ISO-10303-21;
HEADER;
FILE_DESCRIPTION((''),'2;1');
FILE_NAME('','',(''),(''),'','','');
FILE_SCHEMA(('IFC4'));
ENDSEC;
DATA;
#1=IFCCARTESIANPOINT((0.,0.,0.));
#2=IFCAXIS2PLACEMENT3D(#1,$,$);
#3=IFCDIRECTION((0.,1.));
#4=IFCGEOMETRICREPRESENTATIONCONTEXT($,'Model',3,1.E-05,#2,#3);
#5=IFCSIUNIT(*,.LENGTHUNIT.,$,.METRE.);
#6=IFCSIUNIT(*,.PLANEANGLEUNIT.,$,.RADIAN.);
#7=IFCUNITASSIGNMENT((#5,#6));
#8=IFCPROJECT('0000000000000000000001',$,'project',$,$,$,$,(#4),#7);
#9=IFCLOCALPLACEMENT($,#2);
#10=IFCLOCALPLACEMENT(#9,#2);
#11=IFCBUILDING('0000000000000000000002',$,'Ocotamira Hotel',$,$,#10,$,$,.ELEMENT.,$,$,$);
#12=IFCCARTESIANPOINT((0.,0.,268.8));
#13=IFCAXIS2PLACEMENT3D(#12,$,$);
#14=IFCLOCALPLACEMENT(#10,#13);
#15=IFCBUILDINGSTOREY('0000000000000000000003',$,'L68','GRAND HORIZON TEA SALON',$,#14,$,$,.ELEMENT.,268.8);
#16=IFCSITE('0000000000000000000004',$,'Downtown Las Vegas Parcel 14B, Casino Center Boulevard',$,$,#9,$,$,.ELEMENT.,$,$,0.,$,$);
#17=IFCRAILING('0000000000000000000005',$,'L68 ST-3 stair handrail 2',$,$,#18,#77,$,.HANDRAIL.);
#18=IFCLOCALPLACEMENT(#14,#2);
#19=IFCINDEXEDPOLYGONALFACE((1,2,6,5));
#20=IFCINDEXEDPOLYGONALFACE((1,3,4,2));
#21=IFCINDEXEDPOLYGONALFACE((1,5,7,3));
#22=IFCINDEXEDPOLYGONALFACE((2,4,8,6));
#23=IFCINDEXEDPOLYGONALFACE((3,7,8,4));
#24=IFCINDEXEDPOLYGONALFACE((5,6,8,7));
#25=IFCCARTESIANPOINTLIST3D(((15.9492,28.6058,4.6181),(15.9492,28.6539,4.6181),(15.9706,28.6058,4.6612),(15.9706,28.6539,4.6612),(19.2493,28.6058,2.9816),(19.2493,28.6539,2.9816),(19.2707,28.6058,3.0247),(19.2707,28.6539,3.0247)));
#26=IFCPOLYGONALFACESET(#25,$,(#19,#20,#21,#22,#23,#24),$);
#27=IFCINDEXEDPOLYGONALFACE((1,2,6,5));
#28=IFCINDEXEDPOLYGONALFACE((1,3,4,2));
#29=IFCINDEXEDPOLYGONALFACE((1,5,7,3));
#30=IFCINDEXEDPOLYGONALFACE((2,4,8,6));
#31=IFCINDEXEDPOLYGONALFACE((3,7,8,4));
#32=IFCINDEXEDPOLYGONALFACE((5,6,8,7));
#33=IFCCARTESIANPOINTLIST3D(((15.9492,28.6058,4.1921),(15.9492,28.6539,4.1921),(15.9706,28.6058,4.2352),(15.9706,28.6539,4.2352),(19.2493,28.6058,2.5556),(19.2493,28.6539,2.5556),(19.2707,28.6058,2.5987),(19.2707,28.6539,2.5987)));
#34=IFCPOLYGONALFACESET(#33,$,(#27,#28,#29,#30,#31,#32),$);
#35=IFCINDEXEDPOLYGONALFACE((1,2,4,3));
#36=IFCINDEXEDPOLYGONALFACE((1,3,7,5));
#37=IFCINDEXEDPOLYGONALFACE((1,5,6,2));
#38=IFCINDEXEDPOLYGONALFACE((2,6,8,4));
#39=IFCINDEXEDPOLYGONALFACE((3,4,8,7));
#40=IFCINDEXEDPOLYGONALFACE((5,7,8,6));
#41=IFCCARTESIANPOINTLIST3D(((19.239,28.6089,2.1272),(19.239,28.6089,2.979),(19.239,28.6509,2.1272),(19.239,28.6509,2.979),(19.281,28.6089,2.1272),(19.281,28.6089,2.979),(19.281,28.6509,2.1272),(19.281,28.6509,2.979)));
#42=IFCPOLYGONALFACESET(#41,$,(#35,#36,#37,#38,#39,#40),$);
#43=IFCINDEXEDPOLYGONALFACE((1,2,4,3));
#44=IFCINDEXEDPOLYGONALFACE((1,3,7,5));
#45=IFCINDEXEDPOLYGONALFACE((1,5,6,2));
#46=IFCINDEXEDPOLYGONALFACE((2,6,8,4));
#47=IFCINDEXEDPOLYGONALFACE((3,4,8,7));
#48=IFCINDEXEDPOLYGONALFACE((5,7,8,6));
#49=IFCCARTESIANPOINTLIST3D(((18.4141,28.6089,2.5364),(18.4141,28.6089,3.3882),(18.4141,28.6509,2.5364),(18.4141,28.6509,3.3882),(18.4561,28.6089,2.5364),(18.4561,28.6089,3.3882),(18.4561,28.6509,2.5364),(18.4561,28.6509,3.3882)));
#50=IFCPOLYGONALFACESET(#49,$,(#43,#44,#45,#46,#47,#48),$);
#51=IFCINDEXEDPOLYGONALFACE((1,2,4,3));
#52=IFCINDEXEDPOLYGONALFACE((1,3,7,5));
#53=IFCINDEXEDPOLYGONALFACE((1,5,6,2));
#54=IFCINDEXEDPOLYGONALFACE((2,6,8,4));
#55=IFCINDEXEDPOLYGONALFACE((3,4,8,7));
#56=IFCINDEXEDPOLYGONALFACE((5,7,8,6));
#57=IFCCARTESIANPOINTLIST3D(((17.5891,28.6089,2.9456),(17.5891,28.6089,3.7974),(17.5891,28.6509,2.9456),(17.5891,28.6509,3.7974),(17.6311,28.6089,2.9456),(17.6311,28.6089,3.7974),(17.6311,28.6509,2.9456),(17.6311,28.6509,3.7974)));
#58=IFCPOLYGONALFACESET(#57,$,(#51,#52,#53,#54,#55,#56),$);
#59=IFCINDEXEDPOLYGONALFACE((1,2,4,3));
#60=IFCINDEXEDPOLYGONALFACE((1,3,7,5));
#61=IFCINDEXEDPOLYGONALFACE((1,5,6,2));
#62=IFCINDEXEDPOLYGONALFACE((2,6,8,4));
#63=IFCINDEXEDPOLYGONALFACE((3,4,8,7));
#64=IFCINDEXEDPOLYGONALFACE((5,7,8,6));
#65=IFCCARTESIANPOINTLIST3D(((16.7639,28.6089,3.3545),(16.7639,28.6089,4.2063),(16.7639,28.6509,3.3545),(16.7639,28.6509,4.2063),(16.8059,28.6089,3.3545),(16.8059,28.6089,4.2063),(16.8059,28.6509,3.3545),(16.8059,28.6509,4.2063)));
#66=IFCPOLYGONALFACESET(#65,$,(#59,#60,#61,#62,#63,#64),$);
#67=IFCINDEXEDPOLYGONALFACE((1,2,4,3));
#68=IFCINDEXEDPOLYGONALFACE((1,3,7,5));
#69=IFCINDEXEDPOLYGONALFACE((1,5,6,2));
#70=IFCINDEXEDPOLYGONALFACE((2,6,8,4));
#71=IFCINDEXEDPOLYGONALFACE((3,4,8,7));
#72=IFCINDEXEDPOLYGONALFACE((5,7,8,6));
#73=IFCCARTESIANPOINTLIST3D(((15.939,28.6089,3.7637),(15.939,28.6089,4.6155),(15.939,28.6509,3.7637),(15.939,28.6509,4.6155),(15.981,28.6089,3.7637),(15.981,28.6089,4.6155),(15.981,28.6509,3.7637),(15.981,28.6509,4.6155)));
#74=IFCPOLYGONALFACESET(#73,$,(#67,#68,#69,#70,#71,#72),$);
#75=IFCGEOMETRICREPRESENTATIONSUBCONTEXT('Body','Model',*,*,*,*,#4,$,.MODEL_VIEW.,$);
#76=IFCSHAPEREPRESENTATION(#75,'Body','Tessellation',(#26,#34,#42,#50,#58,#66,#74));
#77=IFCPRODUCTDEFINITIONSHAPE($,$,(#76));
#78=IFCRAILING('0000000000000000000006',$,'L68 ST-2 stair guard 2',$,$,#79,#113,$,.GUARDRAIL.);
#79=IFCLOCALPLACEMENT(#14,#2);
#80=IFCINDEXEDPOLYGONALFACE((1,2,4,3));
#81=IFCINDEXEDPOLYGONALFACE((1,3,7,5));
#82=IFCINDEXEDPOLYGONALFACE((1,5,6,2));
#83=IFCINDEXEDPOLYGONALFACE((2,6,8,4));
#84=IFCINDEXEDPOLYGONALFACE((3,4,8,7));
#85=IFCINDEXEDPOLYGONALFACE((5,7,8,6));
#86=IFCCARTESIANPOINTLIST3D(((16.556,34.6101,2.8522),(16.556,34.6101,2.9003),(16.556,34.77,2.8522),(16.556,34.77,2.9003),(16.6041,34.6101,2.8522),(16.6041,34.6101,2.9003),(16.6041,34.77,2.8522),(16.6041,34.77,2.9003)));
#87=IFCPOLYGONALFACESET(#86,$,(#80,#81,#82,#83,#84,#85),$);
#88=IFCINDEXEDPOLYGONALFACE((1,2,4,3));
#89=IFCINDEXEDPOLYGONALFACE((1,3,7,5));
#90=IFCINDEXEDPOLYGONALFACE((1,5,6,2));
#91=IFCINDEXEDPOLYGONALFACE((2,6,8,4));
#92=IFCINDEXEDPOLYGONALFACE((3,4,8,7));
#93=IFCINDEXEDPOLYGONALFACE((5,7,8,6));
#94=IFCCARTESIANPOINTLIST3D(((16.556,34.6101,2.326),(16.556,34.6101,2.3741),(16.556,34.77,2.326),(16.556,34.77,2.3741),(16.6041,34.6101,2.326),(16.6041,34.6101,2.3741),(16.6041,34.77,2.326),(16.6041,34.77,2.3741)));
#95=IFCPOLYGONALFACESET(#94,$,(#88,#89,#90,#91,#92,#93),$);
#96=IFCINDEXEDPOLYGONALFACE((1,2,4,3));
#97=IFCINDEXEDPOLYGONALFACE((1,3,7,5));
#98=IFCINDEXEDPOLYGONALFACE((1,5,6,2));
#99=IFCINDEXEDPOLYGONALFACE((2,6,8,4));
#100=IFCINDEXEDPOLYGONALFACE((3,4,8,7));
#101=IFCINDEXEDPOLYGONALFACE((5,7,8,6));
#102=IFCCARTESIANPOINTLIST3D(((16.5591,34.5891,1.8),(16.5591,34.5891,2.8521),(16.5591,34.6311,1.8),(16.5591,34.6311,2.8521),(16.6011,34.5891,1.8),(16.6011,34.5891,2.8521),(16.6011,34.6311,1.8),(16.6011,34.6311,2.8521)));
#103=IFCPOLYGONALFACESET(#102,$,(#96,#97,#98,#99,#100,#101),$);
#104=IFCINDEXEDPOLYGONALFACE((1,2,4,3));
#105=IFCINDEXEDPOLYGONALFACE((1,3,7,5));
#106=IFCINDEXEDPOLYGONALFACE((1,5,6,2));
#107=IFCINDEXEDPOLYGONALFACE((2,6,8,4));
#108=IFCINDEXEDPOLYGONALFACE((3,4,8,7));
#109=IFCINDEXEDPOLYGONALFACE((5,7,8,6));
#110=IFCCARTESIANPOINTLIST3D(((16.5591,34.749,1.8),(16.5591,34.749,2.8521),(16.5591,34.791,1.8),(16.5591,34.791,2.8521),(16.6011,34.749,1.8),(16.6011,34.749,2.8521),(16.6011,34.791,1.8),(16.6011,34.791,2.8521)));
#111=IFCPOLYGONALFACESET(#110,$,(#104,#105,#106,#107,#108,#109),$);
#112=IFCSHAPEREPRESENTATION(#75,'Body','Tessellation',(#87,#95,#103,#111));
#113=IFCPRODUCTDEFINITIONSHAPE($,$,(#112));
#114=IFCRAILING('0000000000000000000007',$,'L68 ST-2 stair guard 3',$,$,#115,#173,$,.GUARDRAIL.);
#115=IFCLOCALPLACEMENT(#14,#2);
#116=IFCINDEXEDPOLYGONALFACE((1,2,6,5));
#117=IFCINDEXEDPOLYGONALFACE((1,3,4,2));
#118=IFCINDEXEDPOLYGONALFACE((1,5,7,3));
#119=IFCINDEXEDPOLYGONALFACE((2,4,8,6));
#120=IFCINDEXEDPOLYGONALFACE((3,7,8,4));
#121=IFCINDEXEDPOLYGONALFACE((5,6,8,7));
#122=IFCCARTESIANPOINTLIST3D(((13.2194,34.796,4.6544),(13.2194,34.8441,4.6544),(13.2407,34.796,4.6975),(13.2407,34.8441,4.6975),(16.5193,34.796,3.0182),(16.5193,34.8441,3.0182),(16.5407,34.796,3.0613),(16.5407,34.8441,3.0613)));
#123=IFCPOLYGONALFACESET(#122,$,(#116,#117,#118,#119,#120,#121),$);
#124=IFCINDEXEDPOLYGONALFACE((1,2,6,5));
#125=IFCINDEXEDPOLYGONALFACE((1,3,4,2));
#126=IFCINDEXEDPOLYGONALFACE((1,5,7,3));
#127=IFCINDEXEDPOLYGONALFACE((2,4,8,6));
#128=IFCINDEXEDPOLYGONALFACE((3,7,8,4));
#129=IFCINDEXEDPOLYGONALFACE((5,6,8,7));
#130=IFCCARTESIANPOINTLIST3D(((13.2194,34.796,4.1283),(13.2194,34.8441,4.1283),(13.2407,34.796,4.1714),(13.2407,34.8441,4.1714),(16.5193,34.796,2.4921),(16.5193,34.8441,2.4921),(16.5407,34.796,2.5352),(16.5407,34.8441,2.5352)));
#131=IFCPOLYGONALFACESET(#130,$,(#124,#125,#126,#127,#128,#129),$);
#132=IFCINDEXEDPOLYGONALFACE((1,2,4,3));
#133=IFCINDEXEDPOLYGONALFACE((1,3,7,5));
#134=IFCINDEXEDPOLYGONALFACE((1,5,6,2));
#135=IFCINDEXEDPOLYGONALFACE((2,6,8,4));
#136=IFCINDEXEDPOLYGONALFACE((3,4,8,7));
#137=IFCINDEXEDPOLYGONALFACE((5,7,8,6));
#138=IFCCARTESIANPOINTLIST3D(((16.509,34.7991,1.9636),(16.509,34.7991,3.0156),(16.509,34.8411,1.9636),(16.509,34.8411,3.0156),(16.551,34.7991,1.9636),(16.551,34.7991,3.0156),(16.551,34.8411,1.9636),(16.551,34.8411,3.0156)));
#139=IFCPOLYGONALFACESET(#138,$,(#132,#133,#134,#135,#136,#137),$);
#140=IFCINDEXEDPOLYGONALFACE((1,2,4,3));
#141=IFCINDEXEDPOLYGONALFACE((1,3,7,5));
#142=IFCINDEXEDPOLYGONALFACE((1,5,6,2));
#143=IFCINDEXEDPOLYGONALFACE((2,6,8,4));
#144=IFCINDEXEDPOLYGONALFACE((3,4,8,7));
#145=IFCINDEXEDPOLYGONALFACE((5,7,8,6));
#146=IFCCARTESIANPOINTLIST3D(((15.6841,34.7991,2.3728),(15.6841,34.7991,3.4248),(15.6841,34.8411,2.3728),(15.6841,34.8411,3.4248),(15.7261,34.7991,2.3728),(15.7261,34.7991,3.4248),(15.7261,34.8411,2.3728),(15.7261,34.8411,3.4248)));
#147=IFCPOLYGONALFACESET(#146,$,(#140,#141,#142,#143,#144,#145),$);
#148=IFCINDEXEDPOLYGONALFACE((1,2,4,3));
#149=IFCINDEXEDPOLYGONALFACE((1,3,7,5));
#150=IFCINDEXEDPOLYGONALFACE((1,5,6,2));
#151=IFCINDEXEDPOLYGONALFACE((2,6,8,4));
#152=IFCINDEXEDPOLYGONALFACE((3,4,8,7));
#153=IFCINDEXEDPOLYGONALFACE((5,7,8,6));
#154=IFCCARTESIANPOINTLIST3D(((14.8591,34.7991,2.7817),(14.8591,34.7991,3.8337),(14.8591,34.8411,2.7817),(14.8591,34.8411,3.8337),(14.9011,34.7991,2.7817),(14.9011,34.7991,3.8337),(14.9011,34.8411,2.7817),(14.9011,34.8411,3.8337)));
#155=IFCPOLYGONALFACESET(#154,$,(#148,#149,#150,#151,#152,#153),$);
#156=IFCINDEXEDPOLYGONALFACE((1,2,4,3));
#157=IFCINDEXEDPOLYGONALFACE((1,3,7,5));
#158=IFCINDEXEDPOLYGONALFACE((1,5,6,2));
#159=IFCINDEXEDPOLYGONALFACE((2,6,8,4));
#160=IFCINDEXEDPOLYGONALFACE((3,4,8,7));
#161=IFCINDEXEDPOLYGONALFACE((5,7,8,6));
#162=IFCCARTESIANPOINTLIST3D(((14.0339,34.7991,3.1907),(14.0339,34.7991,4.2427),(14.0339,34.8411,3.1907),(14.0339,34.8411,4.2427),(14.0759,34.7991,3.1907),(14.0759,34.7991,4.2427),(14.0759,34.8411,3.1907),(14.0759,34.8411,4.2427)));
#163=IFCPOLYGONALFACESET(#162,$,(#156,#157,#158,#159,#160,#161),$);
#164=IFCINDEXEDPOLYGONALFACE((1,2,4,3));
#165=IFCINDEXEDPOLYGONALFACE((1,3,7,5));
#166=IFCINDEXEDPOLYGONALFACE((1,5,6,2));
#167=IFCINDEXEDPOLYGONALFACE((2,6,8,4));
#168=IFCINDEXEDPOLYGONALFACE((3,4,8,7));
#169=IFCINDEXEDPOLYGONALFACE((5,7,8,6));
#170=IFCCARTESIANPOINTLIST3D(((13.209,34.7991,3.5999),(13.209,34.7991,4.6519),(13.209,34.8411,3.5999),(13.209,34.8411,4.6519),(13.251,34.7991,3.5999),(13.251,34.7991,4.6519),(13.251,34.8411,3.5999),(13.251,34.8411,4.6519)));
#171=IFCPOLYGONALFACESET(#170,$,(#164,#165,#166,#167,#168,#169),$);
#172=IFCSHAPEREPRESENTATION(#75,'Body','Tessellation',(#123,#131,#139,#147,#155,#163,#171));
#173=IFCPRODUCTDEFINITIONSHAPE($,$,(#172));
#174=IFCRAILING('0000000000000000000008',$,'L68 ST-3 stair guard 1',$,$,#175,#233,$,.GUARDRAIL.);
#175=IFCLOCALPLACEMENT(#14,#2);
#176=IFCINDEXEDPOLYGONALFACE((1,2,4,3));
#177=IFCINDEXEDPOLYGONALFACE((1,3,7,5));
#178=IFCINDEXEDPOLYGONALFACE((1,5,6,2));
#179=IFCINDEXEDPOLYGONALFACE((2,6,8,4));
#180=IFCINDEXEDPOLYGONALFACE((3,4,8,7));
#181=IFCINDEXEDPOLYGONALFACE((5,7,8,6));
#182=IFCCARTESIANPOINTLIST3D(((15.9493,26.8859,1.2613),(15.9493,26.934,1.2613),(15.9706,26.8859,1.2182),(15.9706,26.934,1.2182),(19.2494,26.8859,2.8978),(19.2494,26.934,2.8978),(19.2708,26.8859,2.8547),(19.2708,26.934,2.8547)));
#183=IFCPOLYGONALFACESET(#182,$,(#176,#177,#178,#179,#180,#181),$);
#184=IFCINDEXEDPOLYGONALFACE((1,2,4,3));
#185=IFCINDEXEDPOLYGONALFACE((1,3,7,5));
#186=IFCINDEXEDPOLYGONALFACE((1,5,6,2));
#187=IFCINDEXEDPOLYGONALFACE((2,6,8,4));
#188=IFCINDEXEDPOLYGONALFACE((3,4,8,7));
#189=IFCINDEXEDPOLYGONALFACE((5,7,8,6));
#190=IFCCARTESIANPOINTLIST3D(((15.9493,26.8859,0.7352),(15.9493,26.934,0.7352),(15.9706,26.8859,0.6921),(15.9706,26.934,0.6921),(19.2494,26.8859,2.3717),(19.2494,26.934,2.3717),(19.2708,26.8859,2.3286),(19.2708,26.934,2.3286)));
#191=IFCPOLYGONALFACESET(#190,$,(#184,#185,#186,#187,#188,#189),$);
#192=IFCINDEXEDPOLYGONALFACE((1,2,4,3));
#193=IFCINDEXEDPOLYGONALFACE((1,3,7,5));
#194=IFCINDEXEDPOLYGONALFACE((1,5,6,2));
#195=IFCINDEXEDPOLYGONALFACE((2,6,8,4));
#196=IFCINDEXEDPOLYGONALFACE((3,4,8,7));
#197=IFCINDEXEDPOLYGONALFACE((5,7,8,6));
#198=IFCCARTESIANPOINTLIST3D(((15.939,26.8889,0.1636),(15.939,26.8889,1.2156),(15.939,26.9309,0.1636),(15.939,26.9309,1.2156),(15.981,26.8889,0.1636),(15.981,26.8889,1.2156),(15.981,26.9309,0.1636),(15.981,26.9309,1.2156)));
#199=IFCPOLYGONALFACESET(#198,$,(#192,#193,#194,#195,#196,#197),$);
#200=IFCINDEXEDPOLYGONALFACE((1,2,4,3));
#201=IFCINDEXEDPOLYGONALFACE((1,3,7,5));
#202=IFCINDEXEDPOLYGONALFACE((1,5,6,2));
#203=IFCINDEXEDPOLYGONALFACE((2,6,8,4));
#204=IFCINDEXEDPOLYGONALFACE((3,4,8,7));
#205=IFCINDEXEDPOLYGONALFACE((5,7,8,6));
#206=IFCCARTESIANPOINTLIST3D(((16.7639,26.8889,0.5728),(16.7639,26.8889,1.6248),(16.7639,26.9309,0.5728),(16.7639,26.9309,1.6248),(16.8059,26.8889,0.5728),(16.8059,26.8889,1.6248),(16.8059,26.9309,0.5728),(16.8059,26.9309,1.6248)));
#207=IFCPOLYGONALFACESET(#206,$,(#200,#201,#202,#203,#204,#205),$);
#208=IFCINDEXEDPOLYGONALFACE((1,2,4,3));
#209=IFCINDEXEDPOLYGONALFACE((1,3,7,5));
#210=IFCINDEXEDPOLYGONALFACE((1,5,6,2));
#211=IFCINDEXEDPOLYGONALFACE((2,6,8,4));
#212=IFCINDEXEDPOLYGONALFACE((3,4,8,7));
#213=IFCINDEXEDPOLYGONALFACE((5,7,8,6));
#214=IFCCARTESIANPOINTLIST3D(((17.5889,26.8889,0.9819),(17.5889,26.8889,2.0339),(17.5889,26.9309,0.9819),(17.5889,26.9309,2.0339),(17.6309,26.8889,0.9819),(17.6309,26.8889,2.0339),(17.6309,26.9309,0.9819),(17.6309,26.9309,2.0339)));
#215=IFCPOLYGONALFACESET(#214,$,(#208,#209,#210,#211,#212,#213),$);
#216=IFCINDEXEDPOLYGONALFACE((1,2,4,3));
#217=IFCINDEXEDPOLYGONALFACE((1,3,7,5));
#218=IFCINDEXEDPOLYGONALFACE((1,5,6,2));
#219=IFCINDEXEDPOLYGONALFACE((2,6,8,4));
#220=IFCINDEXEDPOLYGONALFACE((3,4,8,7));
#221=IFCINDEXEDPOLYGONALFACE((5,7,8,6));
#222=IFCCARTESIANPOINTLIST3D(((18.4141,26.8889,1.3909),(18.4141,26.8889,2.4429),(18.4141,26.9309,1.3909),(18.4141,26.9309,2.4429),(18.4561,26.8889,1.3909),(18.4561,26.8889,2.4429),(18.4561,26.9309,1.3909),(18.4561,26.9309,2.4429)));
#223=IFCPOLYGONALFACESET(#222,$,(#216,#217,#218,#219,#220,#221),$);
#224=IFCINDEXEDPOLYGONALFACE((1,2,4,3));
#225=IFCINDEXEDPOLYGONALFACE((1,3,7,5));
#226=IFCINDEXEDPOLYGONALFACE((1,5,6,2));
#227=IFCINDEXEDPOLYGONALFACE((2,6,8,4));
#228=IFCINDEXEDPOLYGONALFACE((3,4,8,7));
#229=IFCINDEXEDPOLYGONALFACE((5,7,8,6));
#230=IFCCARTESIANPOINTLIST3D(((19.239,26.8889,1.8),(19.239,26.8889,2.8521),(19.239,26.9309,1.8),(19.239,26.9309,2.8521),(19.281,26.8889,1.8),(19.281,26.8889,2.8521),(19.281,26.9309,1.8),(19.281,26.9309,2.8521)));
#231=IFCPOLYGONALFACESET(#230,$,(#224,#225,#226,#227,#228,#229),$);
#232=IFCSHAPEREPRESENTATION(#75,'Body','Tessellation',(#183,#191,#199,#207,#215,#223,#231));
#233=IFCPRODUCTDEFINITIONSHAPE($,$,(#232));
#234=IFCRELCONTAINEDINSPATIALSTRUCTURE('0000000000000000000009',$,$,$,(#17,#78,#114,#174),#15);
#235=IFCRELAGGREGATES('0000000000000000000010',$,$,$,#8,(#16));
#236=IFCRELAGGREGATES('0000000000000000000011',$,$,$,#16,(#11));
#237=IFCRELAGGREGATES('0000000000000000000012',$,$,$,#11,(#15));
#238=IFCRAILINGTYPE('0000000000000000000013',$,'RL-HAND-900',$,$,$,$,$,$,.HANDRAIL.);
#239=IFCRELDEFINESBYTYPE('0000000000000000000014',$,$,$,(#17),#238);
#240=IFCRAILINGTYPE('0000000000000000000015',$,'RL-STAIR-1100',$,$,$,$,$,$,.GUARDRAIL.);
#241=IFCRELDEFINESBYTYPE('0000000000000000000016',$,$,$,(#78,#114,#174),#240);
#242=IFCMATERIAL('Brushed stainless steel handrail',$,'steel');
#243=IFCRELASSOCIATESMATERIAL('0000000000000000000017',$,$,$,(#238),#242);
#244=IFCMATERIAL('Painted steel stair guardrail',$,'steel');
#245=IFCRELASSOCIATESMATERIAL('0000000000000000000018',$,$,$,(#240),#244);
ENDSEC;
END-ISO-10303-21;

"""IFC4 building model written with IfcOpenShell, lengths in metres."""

from ifc_helpers import new_model, si_unit, direction, frame, origin, origin_2d, place, context, subcontext, project, spatial, rectangle, extrude, material, type_object, element, save


model = new_model("IFC4")

# Units and contexts
model_context = context("Model", 3, precision=1e-05, world=origin(), true_north=direction((0.0, 1.0)))
body_context = subcontext(model_context, "Body", "Model", "MODEL_VIEW")
ifc_project = project(units=[si_unit("LENGTHUNIT", "METRE"), si_unit("PLANEANGLEUNIT", "RADIAN")], contexts=[model_context])

# Site, building, storey
site_placement = place(None, origin())
site = spatial("IfcSite", under=ifc_project, at=site_placement, Name="Downtown Las Vegas Parcel 14B, Casino Center Boulevard", CompositionType="ELEMENT", RefElevation=0.0)
building_placement = place(site_placement, origin())
building = spatial("IfcBuilding", under=site, at=building_placement, Name="Ocotamira Hotel", CompositionType="ELEMENT")
storey_placement = place(building_placement, frame((0.0, 0.0, 268.8)))
storey = spatial("IfcBuildingStorey", under=building, at=storey_placement, Name="L68", Description="GRAND HORIZON TEA SALON", CompositionType="ELEMENT", Elevation=268.8)

# Railings
ifc_material_1 = material(Name="Brushed stainless steel handrail", Category="steel")
railing_type_1 = type_object("IfcRailingType", Name="RL-HAND-900", PredefinedType="HANDRAIL", material=ifc_material_1)
railing_1_placement = place(storey_placement, frame((19.26, 28.6299, 2.1272)))
element("IfcRailing", 1, at=railing_1_placement, inside=storey, type_object=railing_type_1, Name="L68 ST-3 stair handrail 2", PredefinedType="HANDRAIL", context=body_context, shape_type="SweptSolid", body=[
    extrude(rectangle(XDim=0.0481, YDim=0.0481, at=origin_2d()), frame((0.0, 0.0, 0.876), z_axis=(-0.895894, 0.0, 0.444268), x_axis=(0.0, -1.0, 0.0)), (0.0, 0.0, 1.0), 3.6836),
    extrude(rectangle(XDim=0.0481, YDim=0.0481, at=origin_2d()), frame((0.0, 0.0, 0.45), z_axis=(-0.895894, 0.0, 0.444268), x_axis=(0.0, -1.0, 0.0)), (0.0, 0.0, 1.0), 3.6836),
    extrude(rectangle(XDim=0.042, YDim=0.042, at=origin_2d()), origin(), (0.0, 0.0, 1.0), 0.8518),
    extrude(rectangle(XDim=0.042, YDim=0.042, at=origin_2d()), frame((-0.825, 0.0, 0.4092)), (0.0, 0.0, 1.0), 0.8518),
    extrude(rectangle(XDim=0.042, YDim=0.042, at=origin_2d()), frame((-1.6499, 0.0, 0.8184)), (0.0, 0.0, 1.0), 0.8518),
    extrude(rectangle(XDim=0.042, YDim=0.042, at=origin_2d()), frame((-2.4751, 0.0, 1.2273)), (0.0, 0.0, 1.0), 0.8518),
    extrude(rectangle(XDim=0.042, YDim=0.042, at=origin_2d()), frame((-3.3, 0.0, 1.6365)), (0.0, 0.0, 1.0), 0.8518),
])
ifc_material_2 = material(Name="Painted steel stair guardrail", Category="steel")
railing_type_2 = type_object("IfcRailingType", Name="RL-STAIR-1100", PredefinedType="GUARDRAIL", material=ifc_material_2)
railing_2_placement = place(storey_placement, frame((16.5801, 34.6101, 1.8)))
element("IfcRailing", 2, at=railing_2_placement, inside=storey, type_object=railing_type_2, Name="L68 ST-2 stair guard 2", PredefinedType="GUARDRAIL", context=body_context, shape_type="SweptSolid", body=[
    extrude(rectangle(XDim=0.0481, YDim=0.0481, at=origin_2d()), frame((0.0, 0.0, 1.0762), z_axis=(0.0, 1.0, 0.0), x_axis=(-1.0, 0.0, 0.0)), (0.0, 0.0, 1.0), 0.1599),
    extrude(rectangle(XDim=0.0481, YDim=0.0481, at=origin_2d()), frame((0.0, 0.0, 0.55), z_axis=(0.0, 1.0, 0.0), x_axis=(-1.0, 0.0, 0.0)), (0.0, 0.0, 1.0), 0.1599),
    extrude(rectangle(XDim=0.042, YDim=0.042, at=origin_2d()), origin(), (0.0, 0.0, 1.0), 1.052),
    extrude(rectangle(XDim=0.042, YDim=0.042, at=origin_2d()), frame((0.0, 0.1599, 0.0)), (0.0, 0.0, 1.0), 1.052),
])
railing_3_placement = place(storey_placement, frame((16.53, 34.8201, 1.9636)))
element("IfcRailing", 3, at=railing_3_placement, inside=storey, type_object=railing_type_2, Name="L68 ST-2 stair guard 3", PredefinedType="GUARDRAIL", context=body_context, shape_type="SweptSolid", body=[
    extrude(rectangle(XDim=0.0481, YDim=0.0481, at=origin_2d()), frame((0.0, 0.0, 1.0762), z_axis=(-0.89592, 0.0, 0.444215), x_axis=(0.0, -1.0, 0.0)), (0.0, 0.0, 1.0), 3.6833),
    extrude(rectangle(XDim=0.0481, YDim=0.0481, at=origin_2d()), frame((0.0, 0.0, 0.55), z_axis=(-0.89592, 0.0, 0.444215), x_axis=(0.0, -1.0, 0.0)), (0.0, 0.0, 1.0), 3.6833),
    extrude(rectangle(XDim=0.042, YDim=0.042, at=origin_2d()), origin(), (0.0, 0.0, 1.0), 1.052),
    extrude(rectangle(XDim=0.042, YDim=0.042, at=origin_2d()), frame((-0.825, 0.0, 0.4092)), (0.0, 0.0, 1.0), 1.052),
    extrude(rectangle(XDim=0.042, YDim=0.042, at=origin_2d()), frame((-1.6499, 0.0, 0.8181)), (0.0, 0.0, 1.0), 1.052),
    extrude(rectangle(XDim=0.042, YDim=0.042, at=origin_2d()), frame((-2.4751, 0.0, 1.2271)), (0.0, 0.0, 1.0), 1.052),
    extrude(rectangle(XDim=0.042, YDim=0.042, at=origin_2d()), frame((-3.3, 0.0, 1.6362)), (0.0, 0.0, 1.0), 1.052),
])
railing_4_placement = place(storey_placement, frame((15.96, 26.9099, 0.1636)))
element("IfcRailing", 4, at=railing_4_placement, inside=storey, type_object=railing_type_2, Name="L68 ST-3 stair guard 1", PredefinedType="GUARDRAIL", context=body_context, shape_type="SweptSolid", body=[
    extrude(rectangle(XDim=0.0481, YDim=0.0481, at=origin_2d()), frame((0.0, 0.0, 1.0762), z_axis=(0.895894, 0.0, 0.444268), x_axis=(0.0, 1.0, 0.0)), (0.0, 0.0, 1.0), 3.6836),
    extrude(rectangle(XDim=0.0481, YDim=0.0481, at=origin_2d()), frame((0.0, 0.0, 0.55), z_axis=(0.895894, 0.0, 0.444268), x_axis=(0.0, 1.0, 0.0)), (0.0, 0.0, 1.0), 3.6836),
    extrude(rectangle(XDim=0.042, YDim=0.042, at=origin_2d()), origin(), (0.0, 0.0, 1.0), 1.052),
    extrude(rectangle(XDim=0.042, YDim=0.042, at=origin_2d()), frame((0.825, 0.0, 0.4092)), (0.0, 0.0, 1.0), 1.052),
    extrude(rectangle(XDim=0.042, YDim=0.042, at=origin_2d()), frame((1.6499, 0.0, 0.8184)), (0.0, 0.0, 1.0), 1.052),
    extrude(rectangle(XDim=0.042, YDim=0.042, at=origin_2d()), frame((2.4751, 0.0, 1.2273)), (0.0, 0.0, 1.0), 1.052),
    extrude(rectangle(XDim=0.042, YDim=0.042, at=origin_2d()), frame((3.3, 0.0, 1.6365)), (0.0, 0.0, 1.0), 1.052),
])

save(model, "model.ifc")
